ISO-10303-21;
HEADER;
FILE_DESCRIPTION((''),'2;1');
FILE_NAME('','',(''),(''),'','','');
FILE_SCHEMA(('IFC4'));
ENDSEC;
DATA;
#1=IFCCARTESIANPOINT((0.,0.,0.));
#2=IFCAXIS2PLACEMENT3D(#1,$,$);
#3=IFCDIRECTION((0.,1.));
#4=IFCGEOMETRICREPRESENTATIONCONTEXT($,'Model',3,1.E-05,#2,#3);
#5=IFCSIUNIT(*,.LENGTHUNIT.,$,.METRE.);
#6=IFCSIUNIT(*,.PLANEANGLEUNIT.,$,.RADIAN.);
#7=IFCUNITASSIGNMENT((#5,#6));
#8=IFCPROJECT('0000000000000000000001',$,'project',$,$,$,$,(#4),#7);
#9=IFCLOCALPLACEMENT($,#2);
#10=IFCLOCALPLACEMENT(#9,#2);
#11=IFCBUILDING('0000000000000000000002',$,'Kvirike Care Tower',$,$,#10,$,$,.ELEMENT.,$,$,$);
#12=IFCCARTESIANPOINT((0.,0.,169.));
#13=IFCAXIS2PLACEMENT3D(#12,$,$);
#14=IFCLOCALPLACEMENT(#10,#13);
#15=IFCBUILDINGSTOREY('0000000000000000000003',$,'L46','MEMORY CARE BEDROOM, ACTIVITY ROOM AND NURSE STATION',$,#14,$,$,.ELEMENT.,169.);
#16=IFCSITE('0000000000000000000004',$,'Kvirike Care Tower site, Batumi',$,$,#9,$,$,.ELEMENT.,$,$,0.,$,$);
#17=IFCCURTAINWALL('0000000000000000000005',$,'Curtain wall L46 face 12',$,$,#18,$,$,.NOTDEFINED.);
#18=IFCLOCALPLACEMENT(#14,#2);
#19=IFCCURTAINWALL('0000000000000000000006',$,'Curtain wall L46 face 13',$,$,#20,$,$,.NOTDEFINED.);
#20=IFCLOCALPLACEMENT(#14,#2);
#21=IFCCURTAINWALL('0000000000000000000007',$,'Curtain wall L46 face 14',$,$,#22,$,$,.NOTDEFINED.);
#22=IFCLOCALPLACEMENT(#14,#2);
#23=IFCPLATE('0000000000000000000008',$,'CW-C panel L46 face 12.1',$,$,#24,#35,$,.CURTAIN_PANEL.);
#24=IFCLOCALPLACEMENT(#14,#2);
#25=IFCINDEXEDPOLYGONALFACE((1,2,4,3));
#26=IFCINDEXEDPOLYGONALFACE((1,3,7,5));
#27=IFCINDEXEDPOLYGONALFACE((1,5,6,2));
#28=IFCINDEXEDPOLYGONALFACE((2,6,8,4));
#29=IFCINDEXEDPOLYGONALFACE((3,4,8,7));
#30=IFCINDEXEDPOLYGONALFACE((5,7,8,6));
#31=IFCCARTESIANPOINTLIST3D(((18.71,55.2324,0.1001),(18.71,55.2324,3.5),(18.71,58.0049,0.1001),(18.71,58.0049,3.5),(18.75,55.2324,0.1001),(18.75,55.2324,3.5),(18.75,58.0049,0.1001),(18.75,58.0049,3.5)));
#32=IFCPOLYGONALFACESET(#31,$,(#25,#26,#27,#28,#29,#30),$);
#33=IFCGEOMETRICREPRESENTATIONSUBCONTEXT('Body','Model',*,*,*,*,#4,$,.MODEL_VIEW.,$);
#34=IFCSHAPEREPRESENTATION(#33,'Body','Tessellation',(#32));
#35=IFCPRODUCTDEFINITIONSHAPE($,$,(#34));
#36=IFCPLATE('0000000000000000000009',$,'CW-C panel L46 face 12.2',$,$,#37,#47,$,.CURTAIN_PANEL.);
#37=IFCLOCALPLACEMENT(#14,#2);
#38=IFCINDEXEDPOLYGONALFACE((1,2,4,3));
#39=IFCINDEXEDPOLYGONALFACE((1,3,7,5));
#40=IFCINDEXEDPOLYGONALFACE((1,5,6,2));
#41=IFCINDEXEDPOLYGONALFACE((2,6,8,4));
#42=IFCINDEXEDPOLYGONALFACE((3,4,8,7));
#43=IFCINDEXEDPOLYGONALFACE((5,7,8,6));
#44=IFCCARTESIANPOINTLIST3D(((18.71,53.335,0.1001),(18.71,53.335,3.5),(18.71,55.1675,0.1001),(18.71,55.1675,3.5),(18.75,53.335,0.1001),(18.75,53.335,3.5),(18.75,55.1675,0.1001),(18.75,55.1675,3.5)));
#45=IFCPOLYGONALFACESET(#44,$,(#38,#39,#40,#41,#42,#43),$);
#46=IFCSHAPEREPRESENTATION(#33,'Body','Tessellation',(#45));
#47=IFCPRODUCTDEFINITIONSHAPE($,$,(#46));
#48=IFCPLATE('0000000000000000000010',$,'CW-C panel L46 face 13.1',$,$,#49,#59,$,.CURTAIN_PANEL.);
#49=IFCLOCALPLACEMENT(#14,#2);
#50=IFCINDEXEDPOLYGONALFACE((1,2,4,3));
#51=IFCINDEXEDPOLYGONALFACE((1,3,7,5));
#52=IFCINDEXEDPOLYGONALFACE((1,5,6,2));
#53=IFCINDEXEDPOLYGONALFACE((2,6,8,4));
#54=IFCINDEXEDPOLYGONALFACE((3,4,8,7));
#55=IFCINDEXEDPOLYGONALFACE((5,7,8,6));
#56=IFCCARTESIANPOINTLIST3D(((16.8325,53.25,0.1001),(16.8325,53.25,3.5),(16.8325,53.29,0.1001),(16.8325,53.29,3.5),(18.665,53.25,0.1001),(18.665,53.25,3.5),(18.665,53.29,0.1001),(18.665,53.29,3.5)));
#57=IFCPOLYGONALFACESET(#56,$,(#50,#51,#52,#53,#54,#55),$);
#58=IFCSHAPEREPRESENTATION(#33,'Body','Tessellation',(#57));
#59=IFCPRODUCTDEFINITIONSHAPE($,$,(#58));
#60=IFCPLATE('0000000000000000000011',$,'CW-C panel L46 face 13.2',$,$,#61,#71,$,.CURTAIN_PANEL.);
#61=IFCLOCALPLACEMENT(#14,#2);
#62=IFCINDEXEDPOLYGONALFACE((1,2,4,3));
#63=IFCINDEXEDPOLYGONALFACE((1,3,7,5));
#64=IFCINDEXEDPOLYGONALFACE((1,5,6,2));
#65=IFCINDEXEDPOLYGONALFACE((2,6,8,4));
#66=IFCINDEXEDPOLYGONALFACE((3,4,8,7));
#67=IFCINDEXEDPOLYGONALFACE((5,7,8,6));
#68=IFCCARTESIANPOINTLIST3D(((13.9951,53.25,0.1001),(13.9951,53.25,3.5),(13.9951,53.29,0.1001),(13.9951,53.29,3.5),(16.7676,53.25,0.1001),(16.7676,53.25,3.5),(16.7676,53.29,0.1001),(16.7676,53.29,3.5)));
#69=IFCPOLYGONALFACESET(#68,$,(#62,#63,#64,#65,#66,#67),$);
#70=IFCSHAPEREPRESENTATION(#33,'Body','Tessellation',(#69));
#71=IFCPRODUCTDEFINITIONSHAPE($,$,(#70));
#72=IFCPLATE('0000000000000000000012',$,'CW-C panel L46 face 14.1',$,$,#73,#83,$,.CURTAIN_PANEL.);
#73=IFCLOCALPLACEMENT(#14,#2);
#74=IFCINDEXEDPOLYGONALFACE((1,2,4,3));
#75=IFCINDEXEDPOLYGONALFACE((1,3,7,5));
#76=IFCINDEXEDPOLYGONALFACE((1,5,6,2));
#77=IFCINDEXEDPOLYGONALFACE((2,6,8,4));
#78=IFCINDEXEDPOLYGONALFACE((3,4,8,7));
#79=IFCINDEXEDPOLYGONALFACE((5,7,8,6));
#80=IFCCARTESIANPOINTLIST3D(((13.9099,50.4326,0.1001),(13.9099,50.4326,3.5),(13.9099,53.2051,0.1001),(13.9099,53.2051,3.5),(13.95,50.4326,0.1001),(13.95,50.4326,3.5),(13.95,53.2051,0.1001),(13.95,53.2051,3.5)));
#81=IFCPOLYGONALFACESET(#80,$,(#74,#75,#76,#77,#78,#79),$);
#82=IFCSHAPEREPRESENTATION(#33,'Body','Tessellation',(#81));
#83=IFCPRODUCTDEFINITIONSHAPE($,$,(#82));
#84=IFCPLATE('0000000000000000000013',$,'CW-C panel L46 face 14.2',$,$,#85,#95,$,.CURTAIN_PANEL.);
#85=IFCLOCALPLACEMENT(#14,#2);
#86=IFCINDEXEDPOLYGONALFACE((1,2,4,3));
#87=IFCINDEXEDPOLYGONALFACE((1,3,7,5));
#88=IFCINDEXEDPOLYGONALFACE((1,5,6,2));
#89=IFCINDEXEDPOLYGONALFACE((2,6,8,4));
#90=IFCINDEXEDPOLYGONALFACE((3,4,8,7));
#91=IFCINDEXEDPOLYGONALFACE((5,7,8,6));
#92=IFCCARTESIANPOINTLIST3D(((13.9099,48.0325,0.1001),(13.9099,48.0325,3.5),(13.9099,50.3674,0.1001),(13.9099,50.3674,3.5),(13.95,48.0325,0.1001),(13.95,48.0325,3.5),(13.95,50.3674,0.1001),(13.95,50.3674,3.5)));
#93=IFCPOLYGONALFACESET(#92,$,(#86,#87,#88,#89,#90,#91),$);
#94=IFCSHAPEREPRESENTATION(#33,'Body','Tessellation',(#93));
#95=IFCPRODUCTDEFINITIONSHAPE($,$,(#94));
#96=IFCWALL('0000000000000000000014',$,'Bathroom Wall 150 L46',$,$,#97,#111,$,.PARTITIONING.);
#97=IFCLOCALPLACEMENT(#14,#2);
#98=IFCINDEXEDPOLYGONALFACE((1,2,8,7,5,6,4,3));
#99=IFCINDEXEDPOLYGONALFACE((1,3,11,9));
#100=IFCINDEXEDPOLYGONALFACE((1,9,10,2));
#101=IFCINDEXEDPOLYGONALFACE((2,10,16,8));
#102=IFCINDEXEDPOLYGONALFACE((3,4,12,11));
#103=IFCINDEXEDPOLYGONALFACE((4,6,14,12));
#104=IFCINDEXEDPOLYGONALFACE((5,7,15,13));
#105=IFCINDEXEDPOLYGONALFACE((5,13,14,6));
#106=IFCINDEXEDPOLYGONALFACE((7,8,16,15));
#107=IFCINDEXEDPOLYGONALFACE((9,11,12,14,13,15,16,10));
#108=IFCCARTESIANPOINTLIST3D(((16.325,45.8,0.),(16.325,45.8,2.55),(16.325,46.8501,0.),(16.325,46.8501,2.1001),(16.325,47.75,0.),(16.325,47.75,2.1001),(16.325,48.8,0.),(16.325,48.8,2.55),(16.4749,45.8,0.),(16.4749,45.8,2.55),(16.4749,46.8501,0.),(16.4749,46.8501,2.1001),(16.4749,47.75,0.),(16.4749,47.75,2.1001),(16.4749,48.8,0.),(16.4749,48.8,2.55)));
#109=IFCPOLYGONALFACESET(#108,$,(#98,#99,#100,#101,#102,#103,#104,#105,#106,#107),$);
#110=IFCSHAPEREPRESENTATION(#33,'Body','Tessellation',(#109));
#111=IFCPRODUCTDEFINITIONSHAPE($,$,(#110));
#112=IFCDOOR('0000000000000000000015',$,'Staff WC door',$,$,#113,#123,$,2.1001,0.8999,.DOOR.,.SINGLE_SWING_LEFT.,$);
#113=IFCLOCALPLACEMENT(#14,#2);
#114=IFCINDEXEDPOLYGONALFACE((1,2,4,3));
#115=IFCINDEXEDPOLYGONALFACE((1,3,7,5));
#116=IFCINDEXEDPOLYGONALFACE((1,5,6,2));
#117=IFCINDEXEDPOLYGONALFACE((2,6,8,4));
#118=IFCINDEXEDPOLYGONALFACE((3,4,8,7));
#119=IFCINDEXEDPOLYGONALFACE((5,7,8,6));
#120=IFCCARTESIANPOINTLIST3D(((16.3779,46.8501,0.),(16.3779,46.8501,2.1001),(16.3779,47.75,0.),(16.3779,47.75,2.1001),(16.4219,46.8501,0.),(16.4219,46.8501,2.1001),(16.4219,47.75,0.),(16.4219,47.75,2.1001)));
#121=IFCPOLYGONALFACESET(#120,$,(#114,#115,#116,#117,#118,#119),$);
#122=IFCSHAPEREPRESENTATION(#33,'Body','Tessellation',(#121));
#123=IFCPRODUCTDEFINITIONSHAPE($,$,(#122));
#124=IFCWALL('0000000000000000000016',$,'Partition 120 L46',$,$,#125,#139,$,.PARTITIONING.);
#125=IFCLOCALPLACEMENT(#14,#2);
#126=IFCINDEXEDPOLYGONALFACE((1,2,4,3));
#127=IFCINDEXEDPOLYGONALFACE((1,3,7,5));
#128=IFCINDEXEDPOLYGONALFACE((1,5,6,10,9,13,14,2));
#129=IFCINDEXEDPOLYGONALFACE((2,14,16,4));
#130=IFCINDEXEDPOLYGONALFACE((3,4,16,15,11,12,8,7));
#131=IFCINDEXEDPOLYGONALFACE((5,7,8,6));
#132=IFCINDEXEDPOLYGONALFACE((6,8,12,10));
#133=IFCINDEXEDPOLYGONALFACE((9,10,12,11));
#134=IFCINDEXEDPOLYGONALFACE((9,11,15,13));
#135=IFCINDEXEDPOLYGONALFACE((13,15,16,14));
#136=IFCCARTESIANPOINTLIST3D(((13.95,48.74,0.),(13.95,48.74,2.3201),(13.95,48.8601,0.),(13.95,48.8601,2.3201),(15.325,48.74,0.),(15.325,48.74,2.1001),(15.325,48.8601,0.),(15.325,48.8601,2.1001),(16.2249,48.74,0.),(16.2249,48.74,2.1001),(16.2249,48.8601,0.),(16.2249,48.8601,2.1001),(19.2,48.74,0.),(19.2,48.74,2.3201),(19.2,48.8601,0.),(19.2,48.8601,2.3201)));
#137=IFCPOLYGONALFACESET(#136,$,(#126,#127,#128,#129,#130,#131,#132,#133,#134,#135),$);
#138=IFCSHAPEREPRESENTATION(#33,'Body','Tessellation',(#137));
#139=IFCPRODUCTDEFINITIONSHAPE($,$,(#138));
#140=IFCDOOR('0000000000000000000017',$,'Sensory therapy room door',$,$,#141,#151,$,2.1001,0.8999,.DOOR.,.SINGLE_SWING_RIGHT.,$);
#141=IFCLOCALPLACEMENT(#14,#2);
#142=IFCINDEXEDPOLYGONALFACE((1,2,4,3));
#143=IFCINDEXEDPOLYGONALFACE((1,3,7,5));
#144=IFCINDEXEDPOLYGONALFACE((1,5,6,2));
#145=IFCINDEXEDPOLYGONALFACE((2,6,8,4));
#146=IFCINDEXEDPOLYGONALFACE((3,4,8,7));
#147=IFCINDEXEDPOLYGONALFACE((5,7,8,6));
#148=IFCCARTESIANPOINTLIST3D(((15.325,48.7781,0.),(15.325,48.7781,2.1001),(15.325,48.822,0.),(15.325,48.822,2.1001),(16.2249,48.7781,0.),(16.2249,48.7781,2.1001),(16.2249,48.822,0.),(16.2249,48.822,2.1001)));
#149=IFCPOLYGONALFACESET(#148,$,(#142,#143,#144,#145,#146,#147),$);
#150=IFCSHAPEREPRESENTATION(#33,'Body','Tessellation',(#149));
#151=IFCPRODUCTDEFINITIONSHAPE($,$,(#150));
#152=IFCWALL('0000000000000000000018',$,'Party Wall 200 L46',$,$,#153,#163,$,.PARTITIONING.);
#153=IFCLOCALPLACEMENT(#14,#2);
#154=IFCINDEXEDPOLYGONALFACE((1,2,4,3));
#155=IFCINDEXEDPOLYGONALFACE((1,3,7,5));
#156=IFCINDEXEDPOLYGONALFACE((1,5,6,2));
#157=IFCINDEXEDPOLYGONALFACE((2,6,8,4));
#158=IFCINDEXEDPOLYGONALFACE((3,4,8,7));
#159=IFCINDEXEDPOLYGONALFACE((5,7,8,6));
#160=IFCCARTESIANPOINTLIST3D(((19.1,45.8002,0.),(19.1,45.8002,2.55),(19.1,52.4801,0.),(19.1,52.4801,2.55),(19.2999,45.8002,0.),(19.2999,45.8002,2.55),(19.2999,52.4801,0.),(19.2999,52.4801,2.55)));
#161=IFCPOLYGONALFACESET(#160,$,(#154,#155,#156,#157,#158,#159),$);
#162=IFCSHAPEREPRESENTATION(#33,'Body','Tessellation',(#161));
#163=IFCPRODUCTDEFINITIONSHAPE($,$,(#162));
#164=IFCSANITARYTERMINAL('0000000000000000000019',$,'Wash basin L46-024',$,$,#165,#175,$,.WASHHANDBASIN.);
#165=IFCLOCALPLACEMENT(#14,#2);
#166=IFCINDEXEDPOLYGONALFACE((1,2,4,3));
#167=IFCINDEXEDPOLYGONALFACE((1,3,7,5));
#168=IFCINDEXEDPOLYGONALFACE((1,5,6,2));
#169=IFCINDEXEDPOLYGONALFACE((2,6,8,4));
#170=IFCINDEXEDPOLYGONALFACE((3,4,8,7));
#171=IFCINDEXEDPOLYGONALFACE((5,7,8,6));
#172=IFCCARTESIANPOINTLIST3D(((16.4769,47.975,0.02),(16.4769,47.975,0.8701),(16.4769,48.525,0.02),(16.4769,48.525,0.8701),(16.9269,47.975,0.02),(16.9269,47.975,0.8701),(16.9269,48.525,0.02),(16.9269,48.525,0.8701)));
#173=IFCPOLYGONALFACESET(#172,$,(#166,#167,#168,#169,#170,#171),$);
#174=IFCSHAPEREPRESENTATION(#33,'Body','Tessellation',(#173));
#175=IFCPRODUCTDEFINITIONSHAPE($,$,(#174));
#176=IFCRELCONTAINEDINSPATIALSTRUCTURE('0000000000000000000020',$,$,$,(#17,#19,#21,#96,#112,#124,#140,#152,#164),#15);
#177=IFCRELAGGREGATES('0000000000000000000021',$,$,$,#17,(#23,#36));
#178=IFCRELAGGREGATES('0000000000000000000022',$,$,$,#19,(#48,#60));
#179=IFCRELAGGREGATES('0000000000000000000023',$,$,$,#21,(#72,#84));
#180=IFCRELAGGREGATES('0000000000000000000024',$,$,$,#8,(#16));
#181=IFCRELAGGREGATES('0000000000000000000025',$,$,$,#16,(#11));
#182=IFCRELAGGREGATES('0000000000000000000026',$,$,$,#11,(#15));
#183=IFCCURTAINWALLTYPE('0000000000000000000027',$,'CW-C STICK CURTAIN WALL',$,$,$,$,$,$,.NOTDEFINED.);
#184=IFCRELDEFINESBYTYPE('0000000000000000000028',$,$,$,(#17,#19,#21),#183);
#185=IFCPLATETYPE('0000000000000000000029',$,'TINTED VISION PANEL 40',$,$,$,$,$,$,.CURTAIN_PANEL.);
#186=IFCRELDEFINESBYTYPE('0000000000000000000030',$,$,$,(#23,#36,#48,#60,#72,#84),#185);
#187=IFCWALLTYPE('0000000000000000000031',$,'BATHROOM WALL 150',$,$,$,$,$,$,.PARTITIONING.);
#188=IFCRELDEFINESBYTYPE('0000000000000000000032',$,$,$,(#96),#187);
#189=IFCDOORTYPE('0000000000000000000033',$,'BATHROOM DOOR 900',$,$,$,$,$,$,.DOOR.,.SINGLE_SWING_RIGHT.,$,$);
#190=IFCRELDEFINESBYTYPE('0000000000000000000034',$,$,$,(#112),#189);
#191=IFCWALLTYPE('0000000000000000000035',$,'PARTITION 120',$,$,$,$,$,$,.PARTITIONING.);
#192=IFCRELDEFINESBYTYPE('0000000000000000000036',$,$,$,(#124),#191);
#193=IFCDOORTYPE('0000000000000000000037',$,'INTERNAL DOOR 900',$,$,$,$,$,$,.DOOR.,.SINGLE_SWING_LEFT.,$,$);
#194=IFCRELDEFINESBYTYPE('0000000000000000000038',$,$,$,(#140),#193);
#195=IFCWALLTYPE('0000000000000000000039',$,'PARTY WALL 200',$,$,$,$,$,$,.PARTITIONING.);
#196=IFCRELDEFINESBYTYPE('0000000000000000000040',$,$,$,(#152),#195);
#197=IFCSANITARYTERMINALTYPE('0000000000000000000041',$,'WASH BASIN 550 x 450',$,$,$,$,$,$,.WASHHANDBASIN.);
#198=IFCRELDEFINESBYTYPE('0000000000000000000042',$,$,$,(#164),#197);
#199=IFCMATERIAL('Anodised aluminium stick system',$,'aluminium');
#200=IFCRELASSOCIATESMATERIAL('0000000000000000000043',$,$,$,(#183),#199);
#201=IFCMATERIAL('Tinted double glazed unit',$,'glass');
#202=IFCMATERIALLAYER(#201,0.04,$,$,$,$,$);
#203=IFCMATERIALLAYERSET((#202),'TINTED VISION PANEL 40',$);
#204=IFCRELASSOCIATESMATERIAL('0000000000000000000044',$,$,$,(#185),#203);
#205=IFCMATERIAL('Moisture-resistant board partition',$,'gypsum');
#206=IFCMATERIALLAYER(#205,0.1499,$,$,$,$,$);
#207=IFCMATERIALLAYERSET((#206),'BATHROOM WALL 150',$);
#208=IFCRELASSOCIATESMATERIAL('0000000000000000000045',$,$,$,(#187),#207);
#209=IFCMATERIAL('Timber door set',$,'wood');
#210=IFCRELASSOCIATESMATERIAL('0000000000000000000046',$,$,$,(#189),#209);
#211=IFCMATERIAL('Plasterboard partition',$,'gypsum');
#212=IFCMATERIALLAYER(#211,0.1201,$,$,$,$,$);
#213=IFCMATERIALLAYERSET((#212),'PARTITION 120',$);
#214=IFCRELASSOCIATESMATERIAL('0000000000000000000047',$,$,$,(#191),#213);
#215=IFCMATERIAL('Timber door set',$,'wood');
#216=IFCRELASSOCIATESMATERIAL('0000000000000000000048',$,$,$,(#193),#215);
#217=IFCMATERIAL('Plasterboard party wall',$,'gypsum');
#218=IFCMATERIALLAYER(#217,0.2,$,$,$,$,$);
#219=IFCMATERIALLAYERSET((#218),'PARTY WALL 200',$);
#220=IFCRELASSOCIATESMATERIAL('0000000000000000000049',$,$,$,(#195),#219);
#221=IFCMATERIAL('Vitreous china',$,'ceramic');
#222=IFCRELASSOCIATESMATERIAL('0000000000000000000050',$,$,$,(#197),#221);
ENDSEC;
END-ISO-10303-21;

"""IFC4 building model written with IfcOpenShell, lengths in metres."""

from ifc_helpers import new_model, si_unit, direction, frame, frame_2d, origin, origin_2d, place, context, subcontext, project, spatial, rectangle, extrude, material, layer, layer_set, type_object, element, fill, aggregate, save


model = new_model("IFC4")

# Units and contexts
model_context = context("Model", 3, precision=1e-05, world=origin(), true_north=direction((0.0, 1.0)))
body_context = subcontext(model_context, "Body", "Model", "MODEL_VIEW")
ifc_project = project(units=[si_unit("LENGTHUNIT", "METRE"), si_unit("PLANEANGLEUNIT", "RADIAN")], contexts=[model_context])

# Site, building, storey
site_placement = place(None, origin())
site = spatial("IfcSite", under=ifc_project, at=site_placement, Name="Kvirike Care Tower site, Batumi", CompositionType="ELEMENT", RefElevation=0.0)
building_placement = place(site_placement, origin())
building = spatial("IfcBuilding", under=site, at=building_placement, Name="Kvirike Care Tower", CompositionType="ELEMENT")
storey_placement = place(building_placement, frame((0.0, 0.0, 169.0)))
storey = spatial("IfcBuildingStorey", under=building, at=storey_placement, Name="L46", Description="MEMORY CARE BEDROOM, ACTIVITY ROOM AND NURSE STATION", CompositionType="ELEMENT", Elevation=169.0)

# Curtain wall
ifc_material_1 = material(Name="Anodised aluminium stick system", Category="aluminium")
curtain_wall_type = type_object("IfcCurtainWallType", Name="CW-C STICK CURTAIN WALL", PredefinedType="NOTDEFINED", material=ifc_material_1)
curtain_wall_1_placement = place(storey_placement, origin())
curtain_wall_1 = element("IfcCurtainWall", 1, at=curtain_wall_1_placement, inside=storey, type_object=curtain_wall_type, Name="Curtain wall L46 face 12", PredefinedType="NOTDEFINED")

# Curtain walls
curtain_wall_2_placement = place(storey_placement, origin())
curtain_wall_2 = element("IfcCurtainWall", 2, at=curtain_wall_2_placement, inside=storey, type_object=curtain_wall_type, Name="Curtain wall L46 face 13", PredefinedType="NOTDEFINED")
curtain_wall_3_placement = place(storey_placement, origin())
curtain_wall_3 = element("IfcCurtainWall", 3, at=curtain_wall_3_placement, inside=storey, type_object=curtain_wall_type, Name="Curtain wall L46 face 14", PredefinedType="NOTDEFINED")

# Plates
ifc_material_2 = material(Name="Tinted double glazed unit", Category="glass")
ifc_layer_1 = layer(ifc_material_2, 0.04)
ifc_layer_set_1 = layer_set([ifc_layer_1], Name="TINTED VISION PANEL 40")
plate_type = type_object("IfcPlateType", Name="TINTED VISION PANEL 40", PredefinedType="CURTAIN_PANEL", material=ifc_layer_set_1)
plate_1_placement = place(storey_placement, frame((18.73, 56.6187, 0.1001), z_axis=(0.0, 0.0, 1.0), x_axis=(0.0, -1.0, 0.0)))
plate_1 = element("IfcPlate", 4, at=plate_1_placement, type_object=plate_type, Name="CW-C panel L46 face 12.1", PredefinedType="CURTAIN_PANEL", context=body_context, shape_type="SweptSolid", body=[
    extrude(rectangle(XDim=2.7725, YDim=0.04, at=origin_2d()), origin(), (0.0, 0.0, 1.0), 3.3999),
])
plate_2_placement = place(storey_placement, frame((18.73, 54.2512, 0.1001), z_axis=(0.0, 0.0, 1.0), x_axis=(0.0, -1.0, 0.0)))
plate_2 = element("IfcPlate", 5, at=plate_2_placement, type_object=plate_type, Name="CW-C panel L46 face 12.2", PredefinedType="CURTAIN_PANEL", context=body_context, shape_type="SweptSolid", body=[
    extrude(rectangle(XDim=1.8325, YDim=0.04, at=origin_2d()), origin(), (0.0, 0.0, 1.0), 3.3999),
])
aggregate(curtain_wall_1, [plate_1, plate_2])
plate_3_placement = place(storey_placement, frame((17.7488, 53.27, 0.1001), z_axis=(0.0, 0.0, 1.0), x_axis=(-1.0, 0.0, 0.0)))
plate_3 = element("IfcPlate", 6, at=plate_3_placement, type_object=plate_type, Name="CW-C panel L46 face 13.1", PredefinedType="CURTAIN_PANEL", context=body_context, shape_type="SweptSolid", body=[
    extrude(rectangle(XDim=1.8325, YDim=0.04, at=origin_2d()), origin(), (0.0, 0.0, 1.0), 3.3999),
])
plate_4_placement = place(storey_placement, frame((15.3813, 53.27, 0.1001), z_axis=(0.0, 0.0, 1.0), x_axis=(-1.0, 0.0, 0.0)))
plate_4 = element("IfcPlate", 7, at=plate_4_placement, type_object=plate_type, Name="CW-C panel L46 face 13.2", PredefinedType="CURTAIN_PANEL", context=body_context, shape_type="SweptSolid", body=[
    extrude(rectangle(XDim=2.7725, YDim=0.04, at=origin_2d()), origin(), (0.0, 0.0, 1.0), 3.3999),
])
aggregate(curtain_wall_2, [plate_3, plate_4])
plate_5_placement = place(storey_placement, frame((13.9299, 51.8188, 0.1001), z_axis=(0.0, 0.0, 1.0), x_axis=(0.0, -1.0, 0.0)))
plate_5 = element("IfcPlate", 8, at=plate_5_placement, type_object=plate_type, Name="CW-C panel L46 face 14.1", PredefinedType="CURTAIN_PANEL", context=body_context, shape_type="SweptSolid", body=[
    extrude(rectangle(XDim=2.7725, YDim=0.04, at=origin_2d()), origin(), (0.0, 0.0, 1.0), 3.3999),
])
plate_6_placement = place(storey_placement, frame((13.9299, 49.2, 0.1001), z_axis=(0.0, 0.0, 1.0), x_axis=(0.0, -1.0, 0.0)))
plate_6 = element("IfcPlate", 9, at=plate_6_placement, type_object=plate_type, Name="CW-C panel L46 face 14.2", PredefinedType="CURTAIN_PANEL", context=body_context, shape_type="SweptSolid", body=[
    extrude(rectangle(XDim=2.335, YDim=0.04, at=origin_2d()), origin(), (0.0, 0.0, 1.0), 3.3999),
])
aggregate(curtain_wall_3, [plate_5, plate_6])

# Walls, openings, doors
ifc_material_3 = material(Name="Moisture-resistant board partition", Category="gypsum")
ifc_layer_2 = layer(ifc_material_3, 0.1499)
ifc_layer_set_2 = layer_set([ifc_layer_2], Name="BATHROOM WALL 150")
wall_type_1 = type_object("IfcWallType", Name="BATHROOM WALL 150", PredefinedType="PARTITIONING", material=ifc_layer_set_2)
wall_1_placement = place(storey_placement, frame((16.3999, 48.8, 0.0), z_axis=(0.0, 0.0, 1.0), x_axis=(0.0, -1.0, 0.0)))
wall_1 = element("IfcWall", 10, at=wall_1_placement, inside=storey, type_object=wall_type_1, Name="Bathroom Wall 150 L46", PredefinedType="PARTITIONING", context=body_context, shape_type="SweptSolid", body=[
    extrude(rectangle(XDim=3.0, YDim=0.1499, at=frame_2d((1.5, 0.0))), origin(), (0.0, 0.0, 1.0), 2.55),
])
opening_1_placement = place(wall_1_placement, frame((1.05, 0.0, 0.0)))
opening_1 = element("IfcOpeningElement", 11, at=opening_1_placement, cuts=wall_1, PredefinedType="OPENING", context=body_context, shape_type="SweptSolid", body=[
    extrude(rectangle(XDim=0.8999, YDim=2.1001, at=frame_2d((0.45, 1.05))), frame((0.0, 0.0854, 0.0), z_axis=(0.0, -1.0, 0.0), x_axis=(1.0, 0.0, 0.0)), (0.0, 0.0, 1.0), 0.1709),
])
ifc_material_4 = material(Name="Timber door set", Category="wood")
door_type_1 = type_object("IfcDoorType", Name="BATHROOM DOOR 900", OperationType="SINGLE_SWING_RIGHT", PredefinedType="DOOR", material=ifc_material_4)
door_1_placement = place(opening_1_placement, frame((0.8999, 0.0, 0.0), z_axis=(0.0, 0.0, 1.0), x_axis=(-1.0, 0.0, 0.0)))
door_1 = element("IfcDoor", 12, at=door_1_placement, inside=storey, type_object=door_type_1, Name="Staff WC door", OperationType="SINGLE_SWING_LEFT", OverallHeight=2.1001, OverallWidth=0.8999, PredefinedType="DOOR", context=body_context, shape_type="SweptSolid", body=[
    extrude(rectangle(XDim=0.8999, YDim=2.1001, at=frame_2d((0.45, 1.05))), frame((0.0, 0.022, 0.0), z_axis=(0.0, -1.0, 0.0), x_axis=(1.0, 0.0, 0.0)), (0.0, 0.0, 1.0), 0.0439),
])
fill(opening_1, door_1)
ifc_material_5 = material(Name="Plasterboard partition", Category="gypsum")
ifc_layer_3 = layer(ifc_material_5, 0.1201)
ifc_layer_set_3 = layer_set([ifc_layer_3], Name="PARTITION 120")
wall_type_2 = type_object("IfcWallType", Name="PARTITION 120", PredefinedType="PARTITIONING", material=ifc_layer_set_3)
wall_2_placement = place(storey_placement, frame((19.2, 48.8, 0.0), z_axis=(0.0, 0.0, 1.0), x_axis=(-1.0, 0.0, 0.0)))
wall_2 = element("IfcWall", 13, at=wall_2_placement, inside=storey, type_object=wall_type_2, Name="Partition 120 L46", PredefinedType="PARTITIONING", context=body_context, shape_type="SweptSolid", body=[
    extrude(rectangle(XDim=5.25, YDim=0.1201, at=frame_2d((2.625, 0.0))), origin(), (0.0, 0.0, 1.0), 2.3201),
])
opening_2_placement = place(wall_2_placement, frame((2.9751, 0.0, 0.0)))
opening_2 = element("IfcOpeningElement", 14, at=opening_2_placement, cuts=wall_2, PredefinedType="OPENING", context=body_context, shape_type="SweptSolid", body=[
    extrude(rectangle(XDim=0.8999, YDim=2.1001, at=frame_2d((0.45, 1.05))), frame((0.0, 0.0706, 0.0), z_axis=(0.0, -1.0, 0.0), x_axis=(1.0, 0.0, 0.0)), (0.0, 0.0, 1.0), 0.1411),
])
ifc_material_6 = material(Name="Timber door set", Category="wood")
door_type_2 = type_object("IfcDoorType", Name="INTERNAL DOOR 900", OperationType="SINGLE_SWING_LEFT", PredefinedType="DOOR", material=ifc_material_6)
door_2_placement = place(opening_2_placement, origin())
door_2 = element("IfcDoor", 15, at=door_2_placement, inside=storey, type_object=door_type_2, Name="Sensory therapy room door", OperationType="SINGLE_SWING_RIGHT", OverallHeight=2.1001, OverallWidth=0.8999, PredefinedType="DOOR", context=body_context, shape_type="SweptSolid", body=[
    extrude(rectangle(XDim=0.8999, YDim=2.1001, at=frame_2d((0.45, 1.05))), frame((0.0, 0.022, 0.0), z_axis=(0.0, -1.0, 0.0), x_axis=(1.0, 0.0, 0.0)), (0.0, 0.0, 1.0), 0.0439),
])
fill(opening_2, door_2)

# Wall
ifc_material_7 = material(Name="Plasterboard party wall", Category="gypsum")
ifc_layer_4 = layer(ifc_material_7, 0.2)
ifc_layer_set_4 = layer_set([ifc_layer_4], Name="PARTY WALL 200")
wall_type_3 = type_object("IfcWallType", Name="PARTY WALL 200", PredefinedType="PARTITIONING", material=ifc_layer_set_4)
wall_3_placement = place(storey_placement, frame((19.2, 52.48, 0.0), z_axis=(0.0, 0.0, 1.0), x_axis=(0.0, -1.0, 0.0)))
element("IfcWall", 16, at=wall_3_placement, inside=storey, type_object=wall_type_3, Name="Party Wall 200 L46", PredefinedType="PARTITIONING", context=body_context, shape_type="SweptSolid", body=[
    extrude(rectangle(XDim=6.6799, YDim=0.2, at=frame_2d((3.3398, 0.0))), origin(), (0.0, 0.0, 1.0), 2.55),
])

# Sanitary terminal
ifc_material_8 = material(Name="Vitreous china", Category="ceramic")
sanitary_terminal_type = type_object("IfcSanitaryTerminalType", Name="WASH BASIN 550 x 450", PredefinedType="WASHHANDBASIN", material=ifc_material_8)
sanitary_terminal_placement = place(storey_placement, frame((16.7019, 48.25, 0.02), z_axis=(0.0, 0.0, 1.0), x_axis=(0.0, 1.0, 0.0)))
element("IfcSanitaryTerminal", 17, at=sanitary_terminal_placement, inside=storey, type_object=sanitary_terminal_type, Name="Wash basin L46-024", PredefinedType="WASHHANDBASIN", context=body_context, shape_type="SweptSolid", body=[
    extrude(rectangle(XDim=0.55, YDim=0.45, at=origin_2d()), origin(), (0.0, 0.0, 1.0), 0.8501),
])

save(model, "model.ifc")
